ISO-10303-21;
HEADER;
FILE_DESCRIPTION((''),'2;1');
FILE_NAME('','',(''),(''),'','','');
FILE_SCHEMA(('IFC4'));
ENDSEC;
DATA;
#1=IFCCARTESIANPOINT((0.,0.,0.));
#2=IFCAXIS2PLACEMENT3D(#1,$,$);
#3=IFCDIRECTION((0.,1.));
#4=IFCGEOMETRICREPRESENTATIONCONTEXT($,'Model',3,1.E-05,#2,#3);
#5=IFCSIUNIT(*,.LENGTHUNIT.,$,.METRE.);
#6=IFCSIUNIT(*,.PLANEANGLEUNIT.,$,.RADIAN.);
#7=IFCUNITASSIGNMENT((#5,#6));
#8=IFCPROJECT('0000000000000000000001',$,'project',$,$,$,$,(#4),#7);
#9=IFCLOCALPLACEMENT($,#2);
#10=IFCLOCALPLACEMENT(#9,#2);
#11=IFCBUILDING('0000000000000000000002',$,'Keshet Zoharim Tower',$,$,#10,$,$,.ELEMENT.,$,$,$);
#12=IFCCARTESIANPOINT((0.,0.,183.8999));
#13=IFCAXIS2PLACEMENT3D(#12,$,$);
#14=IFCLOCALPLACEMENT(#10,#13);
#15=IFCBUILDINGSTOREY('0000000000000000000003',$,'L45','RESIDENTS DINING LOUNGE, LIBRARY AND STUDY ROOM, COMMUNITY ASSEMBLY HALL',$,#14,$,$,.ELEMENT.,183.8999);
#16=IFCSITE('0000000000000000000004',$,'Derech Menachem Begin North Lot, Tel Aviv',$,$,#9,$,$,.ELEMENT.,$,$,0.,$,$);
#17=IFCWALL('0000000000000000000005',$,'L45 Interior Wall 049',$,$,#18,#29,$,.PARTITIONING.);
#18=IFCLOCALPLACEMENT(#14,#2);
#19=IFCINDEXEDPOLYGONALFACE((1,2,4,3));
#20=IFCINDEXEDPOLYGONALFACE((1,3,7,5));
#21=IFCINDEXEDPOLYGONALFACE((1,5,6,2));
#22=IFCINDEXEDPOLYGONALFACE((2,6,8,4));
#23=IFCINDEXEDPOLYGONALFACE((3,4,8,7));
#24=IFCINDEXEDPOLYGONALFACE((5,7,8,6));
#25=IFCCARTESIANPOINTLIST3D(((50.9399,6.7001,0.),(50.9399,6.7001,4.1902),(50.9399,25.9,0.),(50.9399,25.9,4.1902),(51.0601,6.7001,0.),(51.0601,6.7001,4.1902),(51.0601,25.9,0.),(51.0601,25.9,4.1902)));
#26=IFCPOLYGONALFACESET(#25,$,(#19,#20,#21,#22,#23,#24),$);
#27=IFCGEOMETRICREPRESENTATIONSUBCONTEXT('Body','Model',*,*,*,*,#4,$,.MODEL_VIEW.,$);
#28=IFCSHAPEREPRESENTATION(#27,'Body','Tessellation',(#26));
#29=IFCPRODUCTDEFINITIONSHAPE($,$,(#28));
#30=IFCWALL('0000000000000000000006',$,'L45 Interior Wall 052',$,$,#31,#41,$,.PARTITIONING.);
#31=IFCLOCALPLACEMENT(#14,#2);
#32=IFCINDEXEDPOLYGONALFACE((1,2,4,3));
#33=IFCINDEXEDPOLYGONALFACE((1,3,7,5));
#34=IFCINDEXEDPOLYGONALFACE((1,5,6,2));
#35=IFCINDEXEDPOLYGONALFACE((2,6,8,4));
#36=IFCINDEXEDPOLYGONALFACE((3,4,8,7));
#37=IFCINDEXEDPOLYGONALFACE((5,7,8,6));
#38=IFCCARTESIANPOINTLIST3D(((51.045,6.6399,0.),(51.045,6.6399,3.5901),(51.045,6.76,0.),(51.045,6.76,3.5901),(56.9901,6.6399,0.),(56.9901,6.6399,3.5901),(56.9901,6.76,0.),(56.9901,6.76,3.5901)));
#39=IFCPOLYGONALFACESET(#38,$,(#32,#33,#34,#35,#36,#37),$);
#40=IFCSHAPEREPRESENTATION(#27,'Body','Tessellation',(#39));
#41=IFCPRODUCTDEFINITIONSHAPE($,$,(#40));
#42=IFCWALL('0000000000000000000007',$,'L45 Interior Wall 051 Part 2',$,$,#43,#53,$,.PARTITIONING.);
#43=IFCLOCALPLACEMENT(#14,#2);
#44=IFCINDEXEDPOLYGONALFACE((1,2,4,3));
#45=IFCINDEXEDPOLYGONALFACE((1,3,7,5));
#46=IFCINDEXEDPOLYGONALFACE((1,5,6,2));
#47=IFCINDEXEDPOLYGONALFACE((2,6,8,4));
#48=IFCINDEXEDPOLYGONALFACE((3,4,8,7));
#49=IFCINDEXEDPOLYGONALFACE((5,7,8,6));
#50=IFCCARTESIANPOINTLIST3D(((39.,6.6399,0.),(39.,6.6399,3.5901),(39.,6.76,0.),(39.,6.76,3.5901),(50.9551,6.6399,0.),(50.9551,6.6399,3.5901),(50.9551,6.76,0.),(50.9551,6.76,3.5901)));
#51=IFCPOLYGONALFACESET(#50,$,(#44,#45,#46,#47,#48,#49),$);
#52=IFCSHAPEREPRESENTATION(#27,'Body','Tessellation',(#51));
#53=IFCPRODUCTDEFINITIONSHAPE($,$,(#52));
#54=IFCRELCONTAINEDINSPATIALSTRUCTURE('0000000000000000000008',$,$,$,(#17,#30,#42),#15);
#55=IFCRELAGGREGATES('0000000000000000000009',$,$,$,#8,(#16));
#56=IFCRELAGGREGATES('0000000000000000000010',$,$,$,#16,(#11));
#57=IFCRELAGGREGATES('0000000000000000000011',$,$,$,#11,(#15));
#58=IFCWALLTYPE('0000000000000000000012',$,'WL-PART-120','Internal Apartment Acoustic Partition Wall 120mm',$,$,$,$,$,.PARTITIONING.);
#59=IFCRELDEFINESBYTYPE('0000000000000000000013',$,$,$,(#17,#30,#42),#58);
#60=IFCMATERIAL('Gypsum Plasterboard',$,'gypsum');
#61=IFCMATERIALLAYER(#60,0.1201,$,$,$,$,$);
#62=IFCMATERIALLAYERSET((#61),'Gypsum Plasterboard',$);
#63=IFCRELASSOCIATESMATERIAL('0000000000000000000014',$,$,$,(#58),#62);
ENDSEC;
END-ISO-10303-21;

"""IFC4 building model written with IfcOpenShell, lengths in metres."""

from ifc_helpers import new_model, si_unit, direction, frame, frame_2d, origin, place, context, subcontext, project, spatial, rectangle, extrude, material, layer, layer_set, type_object, element, save


model = new_model("IFC4")

# Units and contexts
model_context = context("Model", 3, precision=1e-05, world=origin(), true_north=direction((0.0, 1.0)))
body_context = subcontext(model_context, "Body", "Model", "MODEL_VIEW")
ifc_project = project(units=[si_unit("LENGTHUNIT", "METRE"), si_unit("PLANEANGLEUNIT", "RADIAN")], contexts=[model_context])

# Site, building, storey
site_placement = place(None, origin())
site = spatial("IfcSite", under=ifc_project, at=site_placement, Name="Derech Menachem Begin North Lot, Tel Aviv", CompositionType="ELEMENT", RefElevation=0.0)
building_placement = place(site_placement, origin())
building = spatial("IfcBuilding", under=site, at=building_placement, Name="Keshet Zoharim Tower", CompositionType="ELEMENT")
storey_placement = place(building_placement, frame((0.0, 0.0, 183.8999)))
storey = spatial("IfcBuildingStorey", under=building, at=storey_placement, Name="L45", Description="RESIDENTS DINING LOUNGE, LIBRARY AND STUDY ROOM, COMMUNITY ASSEMBLY HALL", CompositionType="ELEMENT", Elevation=183.8999)

# Walls
ifc_material_1 = material(Name="Gypsum Plasterboard", Category="gypsum")
ifc_layer_1 = layer(ifc_material_1, 0.1201)
ifc_layer_set_1 = layer_set([ifc_layer_1], Name="Gypsum Plasterboard")
wall_type = type_object("IfcWallType", Name="WL-PART-120", Description="Internal Apartment Acoustic Partition Wall 120mm", PredefinedType="PARTITIONING", material=ifc_layer_set_1)
wall_1_placement = place(storey_placement, frame((51.0, 6.7, 0.0), z_axis=(0.0, 0.0, 1.0), x_axis=(0.0, 1.0, 0.0)))
element("IfcWall", 1, at=wall_1_placement, inside=storey, type_object=wall_type, Name="L45 Interior Wall 049", PredefinedType="PARTITIONING", context=body_context, shape_type="SweptSolid", body=[
    extrude(rectangle(XDim=19.2, YDim=0.1201, at=frame_2d((9.6001, 0.0))), origin(), (0.0, 0.0, 1.0), 4.1902),
])
wall_2_placement = place(storey_placement, frame((51.0449, 6.7, 0.0), z_axis=(0.0, 0.0, 1.0), x_axis=(1.0, 0.0, 0.0)))
element("IfcWall", 2, at=wall_2_placement, inside=storey, type_object=wall_type, Name="L45 Interior Wall 052", PredefinedType="PARTITIONING", context=body_context, shape_type="SweptSolid", body=[
    extrude(rectangle(XDim=5.9451, YDim=0.1201, at=frame_2d((2.9727, 0.0))), origin(), (0.0, 0.0, 1.0), 3.5901),
])
wall_3_placement = place(storey_placement, frame((39.0, 6.7, 0.0), z_axis=(0.0, 0.0, 1.0), x_axis=(1.0, 0.0, 0.0)))
element("IfcWall", 3, at=wall_3_placement, inside=storey, type_object=wall_type, Name="L45 Interior Wall 051 Part 2", PredefinedType="PARTITIONING", context=body_context, shape_type="SweptSolid", body=[
    extrude(rectangle(XDim=11.9551, YDim=0.1201, at=frame_2d((5.9775, 0.0))), origin(), (0.0, 0.0, 1.0), 3.5901),
])

save(model, "model.ifc")
